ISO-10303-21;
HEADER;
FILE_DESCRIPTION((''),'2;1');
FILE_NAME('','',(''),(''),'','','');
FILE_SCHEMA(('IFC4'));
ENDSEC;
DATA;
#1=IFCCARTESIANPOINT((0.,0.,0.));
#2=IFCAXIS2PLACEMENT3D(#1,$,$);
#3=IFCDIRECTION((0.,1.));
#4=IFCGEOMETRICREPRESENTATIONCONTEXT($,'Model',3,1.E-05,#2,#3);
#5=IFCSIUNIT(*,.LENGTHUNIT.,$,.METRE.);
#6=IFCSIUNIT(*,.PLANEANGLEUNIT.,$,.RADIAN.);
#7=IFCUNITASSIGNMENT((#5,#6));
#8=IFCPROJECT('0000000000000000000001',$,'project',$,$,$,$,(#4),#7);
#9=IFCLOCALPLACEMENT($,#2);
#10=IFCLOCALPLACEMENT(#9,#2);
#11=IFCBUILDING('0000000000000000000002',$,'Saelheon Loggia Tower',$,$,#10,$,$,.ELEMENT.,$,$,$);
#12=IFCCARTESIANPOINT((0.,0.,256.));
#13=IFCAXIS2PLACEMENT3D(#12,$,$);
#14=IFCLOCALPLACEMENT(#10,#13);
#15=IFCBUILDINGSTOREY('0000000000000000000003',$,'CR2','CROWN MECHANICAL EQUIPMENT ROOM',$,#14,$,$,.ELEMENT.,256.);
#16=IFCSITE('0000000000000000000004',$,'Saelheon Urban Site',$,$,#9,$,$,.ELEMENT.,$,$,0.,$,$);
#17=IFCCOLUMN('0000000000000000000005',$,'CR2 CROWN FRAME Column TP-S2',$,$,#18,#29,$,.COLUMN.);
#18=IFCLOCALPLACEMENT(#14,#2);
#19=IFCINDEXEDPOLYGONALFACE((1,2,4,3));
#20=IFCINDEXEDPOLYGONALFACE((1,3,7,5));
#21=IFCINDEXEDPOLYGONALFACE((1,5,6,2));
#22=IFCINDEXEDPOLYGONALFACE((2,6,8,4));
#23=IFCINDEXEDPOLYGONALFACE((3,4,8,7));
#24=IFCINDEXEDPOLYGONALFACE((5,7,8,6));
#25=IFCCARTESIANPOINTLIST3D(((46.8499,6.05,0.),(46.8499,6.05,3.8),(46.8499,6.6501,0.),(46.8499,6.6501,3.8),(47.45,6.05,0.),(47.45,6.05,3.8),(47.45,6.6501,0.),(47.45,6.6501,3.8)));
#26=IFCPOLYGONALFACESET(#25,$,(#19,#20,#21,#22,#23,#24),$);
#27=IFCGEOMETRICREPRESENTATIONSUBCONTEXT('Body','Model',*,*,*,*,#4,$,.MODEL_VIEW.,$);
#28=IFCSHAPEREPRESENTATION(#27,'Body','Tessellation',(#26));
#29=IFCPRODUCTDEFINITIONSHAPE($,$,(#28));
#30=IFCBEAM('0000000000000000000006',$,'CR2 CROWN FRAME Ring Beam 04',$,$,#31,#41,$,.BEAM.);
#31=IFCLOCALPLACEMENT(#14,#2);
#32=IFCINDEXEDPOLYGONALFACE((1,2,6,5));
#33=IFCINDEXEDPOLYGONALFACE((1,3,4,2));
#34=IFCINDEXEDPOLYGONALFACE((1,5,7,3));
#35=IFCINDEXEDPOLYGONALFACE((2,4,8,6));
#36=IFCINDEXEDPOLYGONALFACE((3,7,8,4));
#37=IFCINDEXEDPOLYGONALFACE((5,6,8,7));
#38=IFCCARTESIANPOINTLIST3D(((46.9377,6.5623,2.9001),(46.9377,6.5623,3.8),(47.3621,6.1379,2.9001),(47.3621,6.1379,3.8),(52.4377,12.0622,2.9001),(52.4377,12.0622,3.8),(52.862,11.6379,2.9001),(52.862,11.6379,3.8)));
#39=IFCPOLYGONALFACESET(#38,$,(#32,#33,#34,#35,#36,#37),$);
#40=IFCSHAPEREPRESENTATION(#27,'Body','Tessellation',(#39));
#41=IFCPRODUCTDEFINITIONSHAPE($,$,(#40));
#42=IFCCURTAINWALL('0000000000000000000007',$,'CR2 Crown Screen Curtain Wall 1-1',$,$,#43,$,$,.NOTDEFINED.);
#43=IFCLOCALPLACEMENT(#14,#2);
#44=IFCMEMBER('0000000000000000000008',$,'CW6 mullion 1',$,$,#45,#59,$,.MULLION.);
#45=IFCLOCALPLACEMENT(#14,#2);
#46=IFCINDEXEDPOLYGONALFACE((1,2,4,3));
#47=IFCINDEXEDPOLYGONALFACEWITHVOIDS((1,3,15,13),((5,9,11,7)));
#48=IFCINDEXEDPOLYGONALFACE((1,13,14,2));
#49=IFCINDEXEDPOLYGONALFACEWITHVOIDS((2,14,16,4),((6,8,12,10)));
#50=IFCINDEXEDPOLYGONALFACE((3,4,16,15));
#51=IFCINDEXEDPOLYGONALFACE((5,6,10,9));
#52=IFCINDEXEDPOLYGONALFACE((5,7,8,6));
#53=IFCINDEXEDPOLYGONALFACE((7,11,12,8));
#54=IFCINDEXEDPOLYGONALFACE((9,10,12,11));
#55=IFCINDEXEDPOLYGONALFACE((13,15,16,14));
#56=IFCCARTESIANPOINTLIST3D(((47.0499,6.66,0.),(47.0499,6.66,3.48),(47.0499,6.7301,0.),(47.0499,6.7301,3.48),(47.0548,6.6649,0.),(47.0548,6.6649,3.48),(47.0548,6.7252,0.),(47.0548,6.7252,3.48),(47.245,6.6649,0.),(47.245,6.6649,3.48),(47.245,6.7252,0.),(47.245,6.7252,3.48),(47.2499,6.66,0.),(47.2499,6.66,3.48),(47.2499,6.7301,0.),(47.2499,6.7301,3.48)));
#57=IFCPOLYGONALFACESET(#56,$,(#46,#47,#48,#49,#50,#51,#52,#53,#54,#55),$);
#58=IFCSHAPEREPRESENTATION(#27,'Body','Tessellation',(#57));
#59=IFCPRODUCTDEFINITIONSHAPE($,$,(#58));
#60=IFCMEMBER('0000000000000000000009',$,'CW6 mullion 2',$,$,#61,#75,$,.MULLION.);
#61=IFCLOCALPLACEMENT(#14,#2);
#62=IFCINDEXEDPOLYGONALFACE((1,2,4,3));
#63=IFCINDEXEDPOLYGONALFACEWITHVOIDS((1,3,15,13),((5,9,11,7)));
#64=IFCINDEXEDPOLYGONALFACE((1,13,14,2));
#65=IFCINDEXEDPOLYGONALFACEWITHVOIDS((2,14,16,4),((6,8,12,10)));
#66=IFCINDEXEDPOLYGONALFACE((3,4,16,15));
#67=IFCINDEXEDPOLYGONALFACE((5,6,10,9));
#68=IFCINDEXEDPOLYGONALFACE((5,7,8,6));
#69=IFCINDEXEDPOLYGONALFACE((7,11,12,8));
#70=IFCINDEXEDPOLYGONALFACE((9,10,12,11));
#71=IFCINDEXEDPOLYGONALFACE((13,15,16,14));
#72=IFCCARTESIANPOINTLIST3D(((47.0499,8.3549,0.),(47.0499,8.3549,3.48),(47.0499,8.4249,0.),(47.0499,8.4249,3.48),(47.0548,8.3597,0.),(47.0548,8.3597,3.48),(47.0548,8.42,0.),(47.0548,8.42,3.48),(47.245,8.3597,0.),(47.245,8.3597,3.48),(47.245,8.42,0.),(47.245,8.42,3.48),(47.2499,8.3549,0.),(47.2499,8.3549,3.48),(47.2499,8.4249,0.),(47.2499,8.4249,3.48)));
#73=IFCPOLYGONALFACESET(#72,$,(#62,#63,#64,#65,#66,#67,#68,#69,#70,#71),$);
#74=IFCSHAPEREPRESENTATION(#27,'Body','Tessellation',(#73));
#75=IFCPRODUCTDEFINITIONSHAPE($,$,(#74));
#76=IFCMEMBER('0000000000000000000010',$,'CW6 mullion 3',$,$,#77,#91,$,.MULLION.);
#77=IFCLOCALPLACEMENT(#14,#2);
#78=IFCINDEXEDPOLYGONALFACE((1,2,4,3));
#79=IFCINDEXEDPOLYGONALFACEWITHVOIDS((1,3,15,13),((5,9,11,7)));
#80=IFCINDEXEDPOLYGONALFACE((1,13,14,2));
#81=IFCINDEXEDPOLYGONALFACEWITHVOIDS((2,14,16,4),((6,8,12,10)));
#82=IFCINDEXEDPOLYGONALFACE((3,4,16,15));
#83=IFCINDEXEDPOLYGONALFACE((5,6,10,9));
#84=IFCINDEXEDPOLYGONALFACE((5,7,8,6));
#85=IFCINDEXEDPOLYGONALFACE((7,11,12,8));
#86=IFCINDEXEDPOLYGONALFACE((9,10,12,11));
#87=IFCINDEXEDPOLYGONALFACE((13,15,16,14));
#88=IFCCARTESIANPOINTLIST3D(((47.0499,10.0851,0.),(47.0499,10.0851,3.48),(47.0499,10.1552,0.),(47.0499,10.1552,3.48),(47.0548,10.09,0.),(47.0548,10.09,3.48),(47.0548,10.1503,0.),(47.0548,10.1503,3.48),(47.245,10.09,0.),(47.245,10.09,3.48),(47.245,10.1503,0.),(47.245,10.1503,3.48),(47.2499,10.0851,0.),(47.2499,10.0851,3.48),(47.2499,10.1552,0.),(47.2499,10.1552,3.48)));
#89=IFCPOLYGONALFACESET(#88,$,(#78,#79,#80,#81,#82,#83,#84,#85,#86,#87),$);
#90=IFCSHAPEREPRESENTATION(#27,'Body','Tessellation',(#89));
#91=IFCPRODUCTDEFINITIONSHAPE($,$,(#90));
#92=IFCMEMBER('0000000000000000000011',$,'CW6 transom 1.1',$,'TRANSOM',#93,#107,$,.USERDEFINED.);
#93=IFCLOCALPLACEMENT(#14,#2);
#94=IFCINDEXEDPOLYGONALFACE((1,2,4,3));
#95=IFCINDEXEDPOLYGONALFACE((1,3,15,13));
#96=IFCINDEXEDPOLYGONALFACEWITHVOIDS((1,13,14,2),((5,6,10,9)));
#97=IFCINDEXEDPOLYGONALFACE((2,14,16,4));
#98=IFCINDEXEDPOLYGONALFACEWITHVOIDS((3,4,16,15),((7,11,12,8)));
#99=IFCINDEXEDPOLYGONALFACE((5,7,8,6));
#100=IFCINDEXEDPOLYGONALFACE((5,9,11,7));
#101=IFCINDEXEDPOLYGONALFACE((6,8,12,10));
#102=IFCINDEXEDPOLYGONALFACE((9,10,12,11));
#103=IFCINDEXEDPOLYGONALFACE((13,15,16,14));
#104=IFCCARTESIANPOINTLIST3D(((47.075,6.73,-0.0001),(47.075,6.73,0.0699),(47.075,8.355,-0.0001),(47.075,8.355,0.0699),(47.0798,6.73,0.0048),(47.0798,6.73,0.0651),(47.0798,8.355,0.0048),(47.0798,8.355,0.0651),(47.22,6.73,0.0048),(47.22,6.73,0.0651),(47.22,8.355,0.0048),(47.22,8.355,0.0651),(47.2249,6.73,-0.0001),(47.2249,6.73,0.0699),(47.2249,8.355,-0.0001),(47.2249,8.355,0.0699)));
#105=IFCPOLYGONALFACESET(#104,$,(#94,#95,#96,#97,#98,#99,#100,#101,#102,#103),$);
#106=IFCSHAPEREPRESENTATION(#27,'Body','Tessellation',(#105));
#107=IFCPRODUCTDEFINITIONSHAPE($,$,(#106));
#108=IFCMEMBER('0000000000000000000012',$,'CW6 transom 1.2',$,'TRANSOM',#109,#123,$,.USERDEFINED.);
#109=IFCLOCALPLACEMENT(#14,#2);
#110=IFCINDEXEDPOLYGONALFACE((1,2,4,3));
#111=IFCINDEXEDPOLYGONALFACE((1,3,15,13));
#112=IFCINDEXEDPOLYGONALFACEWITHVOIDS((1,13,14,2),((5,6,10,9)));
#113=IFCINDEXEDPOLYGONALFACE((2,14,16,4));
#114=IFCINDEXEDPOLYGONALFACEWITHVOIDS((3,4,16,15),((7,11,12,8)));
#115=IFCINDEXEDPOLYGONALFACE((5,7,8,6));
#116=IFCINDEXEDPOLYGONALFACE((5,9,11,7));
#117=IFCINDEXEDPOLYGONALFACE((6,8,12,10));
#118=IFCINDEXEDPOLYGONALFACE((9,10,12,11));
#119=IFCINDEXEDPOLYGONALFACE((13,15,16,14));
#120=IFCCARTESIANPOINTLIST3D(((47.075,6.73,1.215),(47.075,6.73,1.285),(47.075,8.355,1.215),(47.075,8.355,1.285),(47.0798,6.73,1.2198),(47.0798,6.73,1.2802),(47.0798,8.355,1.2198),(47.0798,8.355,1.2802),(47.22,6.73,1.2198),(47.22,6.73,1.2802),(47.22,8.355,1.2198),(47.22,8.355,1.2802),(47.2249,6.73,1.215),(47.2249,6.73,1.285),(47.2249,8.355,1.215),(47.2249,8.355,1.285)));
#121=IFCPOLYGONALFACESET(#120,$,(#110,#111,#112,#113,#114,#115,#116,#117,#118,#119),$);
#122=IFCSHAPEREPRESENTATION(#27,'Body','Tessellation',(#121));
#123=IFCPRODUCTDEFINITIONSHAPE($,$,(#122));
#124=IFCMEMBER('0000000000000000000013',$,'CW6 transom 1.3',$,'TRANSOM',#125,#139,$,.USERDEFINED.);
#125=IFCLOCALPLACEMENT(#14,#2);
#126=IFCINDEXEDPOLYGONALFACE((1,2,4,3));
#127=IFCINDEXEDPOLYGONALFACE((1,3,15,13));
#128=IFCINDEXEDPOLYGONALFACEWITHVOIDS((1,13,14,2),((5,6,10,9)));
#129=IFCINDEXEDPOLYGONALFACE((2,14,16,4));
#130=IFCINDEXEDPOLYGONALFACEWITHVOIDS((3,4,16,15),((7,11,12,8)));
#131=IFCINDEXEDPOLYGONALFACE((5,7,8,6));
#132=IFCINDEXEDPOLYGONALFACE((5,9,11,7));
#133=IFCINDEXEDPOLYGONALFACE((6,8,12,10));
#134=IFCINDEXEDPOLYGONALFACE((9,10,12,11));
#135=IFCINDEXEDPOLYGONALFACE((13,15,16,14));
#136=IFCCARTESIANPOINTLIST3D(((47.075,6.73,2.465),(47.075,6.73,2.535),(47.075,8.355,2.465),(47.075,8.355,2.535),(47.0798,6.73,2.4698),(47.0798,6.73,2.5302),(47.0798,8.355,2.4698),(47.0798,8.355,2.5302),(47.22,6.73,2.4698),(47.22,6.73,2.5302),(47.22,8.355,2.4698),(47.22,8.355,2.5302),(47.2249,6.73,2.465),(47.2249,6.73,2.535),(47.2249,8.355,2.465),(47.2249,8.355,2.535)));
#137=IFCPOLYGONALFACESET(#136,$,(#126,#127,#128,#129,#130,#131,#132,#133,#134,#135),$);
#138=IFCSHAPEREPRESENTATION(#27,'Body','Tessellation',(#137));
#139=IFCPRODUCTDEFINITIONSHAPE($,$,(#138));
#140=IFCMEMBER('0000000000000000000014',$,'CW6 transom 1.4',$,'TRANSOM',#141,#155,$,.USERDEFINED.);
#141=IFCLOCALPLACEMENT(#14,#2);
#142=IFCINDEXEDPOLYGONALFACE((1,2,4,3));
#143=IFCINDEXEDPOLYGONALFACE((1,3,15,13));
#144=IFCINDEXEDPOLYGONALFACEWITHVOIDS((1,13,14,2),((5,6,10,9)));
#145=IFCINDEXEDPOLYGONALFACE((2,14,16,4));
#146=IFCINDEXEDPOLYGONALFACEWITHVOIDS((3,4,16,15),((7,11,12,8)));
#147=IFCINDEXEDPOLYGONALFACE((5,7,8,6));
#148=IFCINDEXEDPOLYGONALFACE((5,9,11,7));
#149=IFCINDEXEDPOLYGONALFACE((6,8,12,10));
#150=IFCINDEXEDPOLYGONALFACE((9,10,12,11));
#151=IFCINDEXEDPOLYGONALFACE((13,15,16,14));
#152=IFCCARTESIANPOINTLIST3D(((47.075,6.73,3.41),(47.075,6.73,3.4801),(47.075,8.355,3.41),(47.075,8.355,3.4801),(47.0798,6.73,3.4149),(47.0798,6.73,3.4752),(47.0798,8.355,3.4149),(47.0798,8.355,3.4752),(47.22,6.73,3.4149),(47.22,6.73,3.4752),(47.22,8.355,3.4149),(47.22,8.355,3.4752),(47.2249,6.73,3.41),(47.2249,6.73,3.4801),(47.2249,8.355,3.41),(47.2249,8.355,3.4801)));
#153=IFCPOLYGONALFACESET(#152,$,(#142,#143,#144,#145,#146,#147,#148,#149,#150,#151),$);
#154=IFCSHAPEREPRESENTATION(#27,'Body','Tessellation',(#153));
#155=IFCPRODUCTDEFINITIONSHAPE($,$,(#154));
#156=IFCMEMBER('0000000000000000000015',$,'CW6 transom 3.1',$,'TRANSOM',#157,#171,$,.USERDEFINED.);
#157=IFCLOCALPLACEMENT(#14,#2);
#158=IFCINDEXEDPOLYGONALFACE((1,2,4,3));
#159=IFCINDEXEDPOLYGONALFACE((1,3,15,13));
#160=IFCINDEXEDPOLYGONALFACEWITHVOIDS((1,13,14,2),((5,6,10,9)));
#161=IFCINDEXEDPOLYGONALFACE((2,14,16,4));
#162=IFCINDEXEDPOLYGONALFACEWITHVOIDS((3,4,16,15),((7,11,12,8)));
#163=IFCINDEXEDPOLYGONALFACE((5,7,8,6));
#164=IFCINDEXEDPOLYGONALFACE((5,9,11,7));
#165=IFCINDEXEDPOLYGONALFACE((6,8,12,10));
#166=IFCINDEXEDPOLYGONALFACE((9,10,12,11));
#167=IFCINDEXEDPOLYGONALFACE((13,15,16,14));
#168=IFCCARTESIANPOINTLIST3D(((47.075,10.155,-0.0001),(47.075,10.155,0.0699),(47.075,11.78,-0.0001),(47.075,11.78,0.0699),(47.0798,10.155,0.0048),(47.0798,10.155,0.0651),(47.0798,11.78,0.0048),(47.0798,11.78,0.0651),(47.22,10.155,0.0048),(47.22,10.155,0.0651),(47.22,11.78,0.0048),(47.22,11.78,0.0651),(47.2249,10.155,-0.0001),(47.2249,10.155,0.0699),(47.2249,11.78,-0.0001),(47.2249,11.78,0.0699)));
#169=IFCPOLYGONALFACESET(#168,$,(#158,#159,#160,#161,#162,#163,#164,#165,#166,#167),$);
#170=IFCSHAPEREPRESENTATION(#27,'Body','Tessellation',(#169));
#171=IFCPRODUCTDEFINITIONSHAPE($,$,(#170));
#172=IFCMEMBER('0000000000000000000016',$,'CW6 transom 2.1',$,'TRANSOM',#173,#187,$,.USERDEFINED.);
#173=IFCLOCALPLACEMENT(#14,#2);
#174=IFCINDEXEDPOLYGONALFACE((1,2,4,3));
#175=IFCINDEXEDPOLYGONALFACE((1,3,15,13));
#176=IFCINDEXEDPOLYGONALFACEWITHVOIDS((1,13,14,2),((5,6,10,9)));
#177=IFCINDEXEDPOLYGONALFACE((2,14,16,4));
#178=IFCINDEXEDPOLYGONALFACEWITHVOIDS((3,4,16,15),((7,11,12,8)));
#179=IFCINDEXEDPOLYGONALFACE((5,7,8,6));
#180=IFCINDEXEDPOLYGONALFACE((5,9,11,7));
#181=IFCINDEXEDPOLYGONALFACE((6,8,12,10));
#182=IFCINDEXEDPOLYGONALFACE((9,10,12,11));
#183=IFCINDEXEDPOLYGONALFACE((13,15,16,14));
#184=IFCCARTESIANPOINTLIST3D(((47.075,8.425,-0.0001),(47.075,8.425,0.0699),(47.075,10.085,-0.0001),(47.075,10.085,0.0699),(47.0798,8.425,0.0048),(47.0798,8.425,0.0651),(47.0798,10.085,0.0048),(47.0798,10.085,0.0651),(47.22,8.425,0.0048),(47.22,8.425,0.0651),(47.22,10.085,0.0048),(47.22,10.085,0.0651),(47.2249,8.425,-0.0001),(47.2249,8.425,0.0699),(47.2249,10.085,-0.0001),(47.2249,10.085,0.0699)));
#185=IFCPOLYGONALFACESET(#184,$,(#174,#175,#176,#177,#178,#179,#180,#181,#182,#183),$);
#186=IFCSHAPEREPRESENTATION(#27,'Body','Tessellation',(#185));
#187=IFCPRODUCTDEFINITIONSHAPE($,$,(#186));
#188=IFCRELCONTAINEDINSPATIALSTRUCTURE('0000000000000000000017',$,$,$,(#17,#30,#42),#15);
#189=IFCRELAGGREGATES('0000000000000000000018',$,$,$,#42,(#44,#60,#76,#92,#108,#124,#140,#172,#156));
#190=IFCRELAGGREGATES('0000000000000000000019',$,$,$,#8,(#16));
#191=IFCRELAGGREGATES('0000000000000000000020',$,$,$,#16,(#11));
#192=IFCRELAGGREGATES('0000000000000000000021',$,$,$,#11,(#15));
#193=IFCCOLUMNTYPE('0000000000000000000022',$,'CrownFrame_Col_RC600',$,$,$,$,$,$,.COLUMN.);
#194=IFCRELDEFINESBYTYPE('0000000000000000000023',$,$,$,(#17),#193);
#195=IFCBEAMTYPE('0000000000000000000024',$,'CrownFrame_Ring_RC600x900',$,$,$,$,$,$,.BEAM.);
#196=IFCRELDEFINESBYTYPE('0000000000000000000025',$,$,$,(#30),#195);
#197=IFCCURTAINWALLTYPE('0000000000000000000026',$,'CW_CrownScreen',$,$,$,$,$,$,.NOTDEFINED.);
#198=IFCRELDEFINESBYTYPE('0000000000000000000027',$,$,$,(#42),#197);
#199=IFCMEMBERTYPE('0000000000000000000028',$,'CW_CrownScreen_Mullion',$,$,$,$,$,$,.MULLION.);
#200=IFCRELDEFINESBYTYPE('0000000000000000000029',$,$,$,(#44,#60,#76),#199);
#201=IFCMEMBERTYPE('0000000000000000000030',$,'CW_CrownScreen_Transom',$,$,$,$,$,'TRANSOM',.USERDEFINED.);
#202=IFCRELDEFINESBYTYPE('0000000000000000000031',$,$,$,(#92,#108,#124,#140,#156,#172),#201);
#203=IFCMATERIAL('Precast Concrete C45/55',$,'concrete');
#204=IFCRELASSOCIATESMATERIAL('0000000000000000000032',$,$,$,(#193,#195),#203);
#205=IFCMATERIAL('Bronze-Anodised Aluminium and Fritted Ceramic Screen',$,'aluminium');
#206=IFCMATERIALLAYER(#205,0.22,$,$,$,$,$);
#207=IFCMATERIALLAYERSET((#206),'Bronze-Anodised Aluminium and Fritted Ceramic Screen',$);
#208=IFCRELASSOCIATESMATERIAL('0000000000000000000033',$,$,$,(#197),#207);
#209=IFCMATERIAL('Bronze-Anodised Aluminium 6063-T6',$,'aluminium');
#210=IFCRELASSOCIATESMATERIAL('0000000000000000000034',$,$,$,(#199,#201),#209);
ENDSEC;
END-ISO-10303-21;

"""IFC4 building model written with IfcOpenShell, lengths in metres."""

from ifc_helpers import new_model, si_unit, direction, frame, origin, origin_2d, place, context, subcontext, project, spatial, rectangle, hollow_rectangle, extrude, source, transform, mapped, material, layer, layer_set, material_profile, profile_set, type_object, element, aggregate, save


model = new_model("IFC4")

# Units and contexts
model_context = context("Model", 3, precision=1e-05, world=origin(), true_north=direction((0.0, 1.0)))
body_context = subcontext(model_context, "Body", "Model", "MODEL_VIEW")
ifc_project = project(units=[si_unit("LENGTHUNIT", "METRE"), si_unit("PLANEANGLEUNIT", "RADIAN")], contexts=[model_context])

# Site, building, storey
site_placement = place(None, origin())
site = spatial("IfcSite", under=ifc_project, at=site_placement, Name="Saelheon Urban Site", CompositionType="ELEMENT", RefElevation=0.0)
building_placement = place(site_placement, origin())
building = spatial("IfcBuilding", under=site, at=building_placement, Name="Saelheon Loggia Tower", CompositionType="ELEMENT")
storey_placement = place(building_placement, frame((0.0, 0.0, 256.0)))
storey = spatial("IfcBuildingStorey", under=building, at=storey_placement, Name="CR2", Description="CROWN MECHANICAL EQUIPMENT ROOM", CompositionType="ELEMENT", Elevation=256.0)

# Column
ifc_material_1 = material(Name="Precast Concrete C45/55", Category="concrete")
ifc_material_profile_1 = material_profile(ifc_material_1, rectangle(XDim=0.6001, YDim=0.6001, at=origin_2d()), Name="RC-600x600")
ifc_profile_set_1 = profile_set([ifc_material_profile_1], Name="Precast Concrete C45/55")
column_type = type_object("IfcColumnType", Name="CrownFrame_Col_RC600", PredefinedType="COLUMN", material=ifc_profile_set_1)
shared_shape_1 = source(origin(), body_context, "Body", "SweptSolid", [
    extrude(rectangle(XDim=0.6001, YDim=0.6001, at=origin_2d()), origin(), (0.0, 0.0, 1.0), 3.8),
])
column_placement = place(storey_placement, frame((47.1499, 6.3501, 0.0), z_axis=(0.0, 0.0, 1.0), x_axis=(1.0, 0.0, 0.0)))
element("IfcColumn", 1, at=column_placement, inside=storey, type_object=column_type, Name="CR2 CROWN FRAME Column TP-S2", PredefinedType="COLUMN", context=body_context, shape_type="MappedRepresentation", body=[
    mapped(shared_shape_1, transform((0.0, 0.0, 0.0), scale=1.0)),
])

# Beam
ifc_material_profile_2 = material_profile(ifc_material_1, rectangle(XDim=0.6001, YDim=0.8999, at=origin_2d()), Name="RC-600x900")
ifc_profile_set_2 = profile_set([ifc_material_profile_2], Name="Precast Concrete C45/55")
beam_type = type_object("IfcBeamType", Name="CrownFrame_Ring_RC600x900", PredefinedType="BEAM", material=ifc_profile_set_2)
shared_shape_2 = source(origin(), body_context, "Body", "SweptSolid", [
    extrude(rectangle(XDim=0.6001, YDim=0.8999, at=origin_2d()), origin(), (0.0, 0.0, 1.0), 7.7781),
])
beam_placement = place(storey_placement, frame((47.1499, 6.3501, 3.3501), z_axis=(0.707107, 0.707107, 0.0), x_axis=(-0.707107, 0.707107, 0.0)))
element("IfcBeam", 2, at=beam_placement, inside=storey, type_object=beam_type, Name="CR2 CROWN FRAME Ring Beam 04", PredefinedType="BEAM", context=body_context, shape_type="MappedRepresentation", body=[
    mapped(shared_shape_2, transform((0.0, 0.0, 0.0), scale=1.0)),
])

# Curtain wall, members
ifc_material_2 = material(Name="Bronze-Anodised Aluminium and Fritted Ceramic Screen", Category="aluminium")
ifc_layer_1 = layer(ifc_material_2, 0.22)
ifc_layer_set_1 = layer_set([ifc_layer_1], Name="Bronze-Anodised Aluminium and Fritted Ceramic Screen")
curtain_wall_type = type_object("IfcCurtainWallType", Name="CW_CrownScreen", PredefinedType="NOTDEFINED", material=ifc_layer_set_1)
curtain_wall_placement = place(storey_placement, origin())
curtain_wall = element("IfcCurtainWall", 3, at=curtain_wall_placement, inside=storey, type_object=curtain_wall_type, Name="CR2 Crown Screen Curtain Wall 1-1", PredefinedType="NOTDEFINED")
ifc_material_3 = material(Name="Bronze-Anodised Aluminium 6063-T6", Category="aluminium")
ifc_material_profile_3 = material_profile(ifc_material_3, hollow_rectangle(XDim=0.0701, YDim=0.2, WallThickness=0.0049, at=origin_2d()), Name="RHS-200x70x5")
ifc_profile_set_3 = profile_set([ifc_material_profile_3], Name="Bronze-Anodised Aluminium 6063-T6")
member_type_1 = type_object("IfcMemberType", Name="CW_CrownScreen_Mullion", PredefinedType="MULLION", material=ifc_profile_set_3)
shared_shape_3 = source(origin(), body_context, "Body", "SweptSolid", [
    extrude(hollow_rectangle(XDim=0.0701, YDim=0.2, WallThickness=0.0049, at=origin_2d()), origin(), (0.0, 0.0, 1.0), 3.48),
])
member_1_placement = place(storey_placement, frame((47.1499, 6.6951, 0.0), z_axis=(0.0, 0.0, 1.0), x_axis=(0.0, 1.0, 0.0)))
member_1 = element("IfcMember", 4, at=member_1_placement, type_object=member_type_1, Name="CW6 mullion 1", PredefinedType="MULLION", context=body_context, shape_type="MappedRepresentation", body=[
    mapped(shared_shape_3, transform((0.0, 0.0, 0.0), scale=1.0)),
])
member_2_placement = place(storey_placement, frame((47.1499, 8.3899, 0.0), z_axis=(0.0, 0.0, 1.0), x_axis=(0.0, 1.0, 0.0)))
member_2 = element("IfcMember", 5, at=member_2_placement, type_object=member_type_1, Name="CW6 mullion 2", PredefinedType="MULLION", context=body_context, shape_type="MappedRepresentation", body=[
    mapped(shared_shape_3, transform((0.0, 0.0, 0.0), scale=1.0)),
])
member_3_placement = place(storey_placement, frame((47.1499, 10.1201, 0.0), z_axis=(0.0, 0.0, 1.0), x_axis=(0.0, 1.0, 0.0)))
member_3 = element("IfcMember", 6, at=member_3_placement, type_object=member_type_1, Name="CW6 mullion 3", PredefinedType="MULLION", context=body_context, shape_type="MappedRepresentation", body=[
    mapped(shared_shape_3, transform((0.0, 0.0, 0.0), scale=1.0)),
])
ifc_material_profile_4 = material_profile(ifc_material_3, hollow_rectangle(XDim=0.0701, YDim=0.1499, WallThickness=0.0049, at=origin_2d()), Name="RHS-150x70x5")
ifc_profile_set_4 = profile_set([ifc_material_profile_4], Name="Bronze-Anodised Aluminium 6063-T6")
member_type_2 = type_object("IfcMemberType", Name="CW_CrownScreen_Transom", ElementType="TRANSOM", PredefinedType="USERDEFINED", material=ifc_profile_set_4)
shared_shape_4 = source(origin(), body_context, "Body", "SweptSolid", [
    extrude(hollow_rectangle(XDim=0.0701, YDim=0.1499, WallThickness=0.0049, at=origin_2d()), origin(), (0.0, 0.0, 1.0), 1.625),
])
member_4_placement = place(storey_placement, frame((47.1499, 6.73, 0.0349), z_axis=(0.0, 1.0, 0.0), x_axis=(0.0, 0.0, 1.0)))
member_4 = element("IfcMember", 7, at=member_4_placement, type_object=member_type_2, Name="CW6 transom 1.1", ObjectType="TRANSOM", PredefinedType="USERDEFINED", context=body_context, shape_type="MappedRepresentation", body=[
    mapped(shared_shape_4, transform((0.0, 0.0, 0.0), scale=1.0)),
])
member_5_placement = place(storey_placement, frame((47.1499, 6.73, 1.25), z_axis=(0.0, 1.0, 0.0), x_axis=(0.0, 0.0, 1.0)))
member_5 = element("IfcMember", 8, at=member_5_placement, type_object=member_type_2, Name="CW6 transom 1.2", ObjectType="TRANSOM", PredefinedType="USERDEFINED", context=body_context, shape_type="MappedRepresentation", body=[
    mapped(shared_shape_4, transform((0.0, 0.0, 0.0), scale=1.0)),
])
member_6_placement = place(storey_placement, frame((47.1499, 6.73, 2.5), z_axis=(0.0, 1.0, 0.0), x_axis=(0.0, 0.0, 1.0)))
member_6 = element("IfcMember", 9, at=member_6_placement, type_object=member_type_2, Name="CW6 transom 1.3", ObjectType="TRANSOM", PredefinedType="USERDEFINED", context=body_context, shape_type="MappedRepresentation", body=[
    mapped(shared_shape_4, transform((0.0, 0.0, 0.0), scale=1.0)),
])
member_7_placement = place(storey_placement, frame((47.1499, 6.73, 3.4451), z_axis=(0.0, 1.0, 0.0), x_axis=(0.0, 0.0, 1.0)))
member_7 = element("IfcMember", 10, at=member_7_placement, type_object=member_type_2, Name="CW6 transom 1.4", ObjectType="TRANSOM", PredefinedType="USERDEFINED", context=body_context, shape_type="MappedRepresentation", body=[
    mapped(shared_shape_4, transform((0.0, 0.0, 0.0), scale=1.0)),
])
member_8_placement = place(storey_placement, frame((47.1499, 10.155, 0.0349), z_axis=(0.0, 1.0, 0.0), x_axis=(0.0, 0.0, 1.0)))
member_8 = element("IfcMember", 11, at=member_8_placement, type_object=member_type_2, Name="CW6 transom 3.1", ObjectType="TRANSOM", PredefinedType="USERDEFINED", context=body_context, shape_type="MappedRepresentation", body=[
    mapped(shared_shape_4, transform((0.0, 0.0, 0.0), scale=1.0)),
])
shared_shape_5 = source(origin(), body_context, "Body", "SweptSolid", [
    extrude(hollow_rectangle(XDim=0.0701, YDim=0.1499, WallThickness=0.0049, at=origin_2d()), origin(), (0.0, 0.0, 1.0), 1.6599),
])
member_9_placement = place(storey_placement, frame((47.1499, 8.425, 0.0349), z_axis=(0.0, 1.0, 0.0), x_axis=(0.0, 0.0, 1.0)))
member_9 = element("IfcMember", 12, at=member_9_placement, type_object=member_type_2, Name="CW6 transom 2.1", ObjectType="TRANSOM", PredefinedType="USERDEFINED", context=body_context, shape_type="MappedRepresentation", body=[
    mapped(shared_shape_5, transform((0.0, 0.0, 0.0), scale=1.0)),
])
aggregate(curtain_wall, [member_1, member_2, member_3, member_4, member_5, member_6, member_7, member_9, member_8])

save(model, "model.ifc")
